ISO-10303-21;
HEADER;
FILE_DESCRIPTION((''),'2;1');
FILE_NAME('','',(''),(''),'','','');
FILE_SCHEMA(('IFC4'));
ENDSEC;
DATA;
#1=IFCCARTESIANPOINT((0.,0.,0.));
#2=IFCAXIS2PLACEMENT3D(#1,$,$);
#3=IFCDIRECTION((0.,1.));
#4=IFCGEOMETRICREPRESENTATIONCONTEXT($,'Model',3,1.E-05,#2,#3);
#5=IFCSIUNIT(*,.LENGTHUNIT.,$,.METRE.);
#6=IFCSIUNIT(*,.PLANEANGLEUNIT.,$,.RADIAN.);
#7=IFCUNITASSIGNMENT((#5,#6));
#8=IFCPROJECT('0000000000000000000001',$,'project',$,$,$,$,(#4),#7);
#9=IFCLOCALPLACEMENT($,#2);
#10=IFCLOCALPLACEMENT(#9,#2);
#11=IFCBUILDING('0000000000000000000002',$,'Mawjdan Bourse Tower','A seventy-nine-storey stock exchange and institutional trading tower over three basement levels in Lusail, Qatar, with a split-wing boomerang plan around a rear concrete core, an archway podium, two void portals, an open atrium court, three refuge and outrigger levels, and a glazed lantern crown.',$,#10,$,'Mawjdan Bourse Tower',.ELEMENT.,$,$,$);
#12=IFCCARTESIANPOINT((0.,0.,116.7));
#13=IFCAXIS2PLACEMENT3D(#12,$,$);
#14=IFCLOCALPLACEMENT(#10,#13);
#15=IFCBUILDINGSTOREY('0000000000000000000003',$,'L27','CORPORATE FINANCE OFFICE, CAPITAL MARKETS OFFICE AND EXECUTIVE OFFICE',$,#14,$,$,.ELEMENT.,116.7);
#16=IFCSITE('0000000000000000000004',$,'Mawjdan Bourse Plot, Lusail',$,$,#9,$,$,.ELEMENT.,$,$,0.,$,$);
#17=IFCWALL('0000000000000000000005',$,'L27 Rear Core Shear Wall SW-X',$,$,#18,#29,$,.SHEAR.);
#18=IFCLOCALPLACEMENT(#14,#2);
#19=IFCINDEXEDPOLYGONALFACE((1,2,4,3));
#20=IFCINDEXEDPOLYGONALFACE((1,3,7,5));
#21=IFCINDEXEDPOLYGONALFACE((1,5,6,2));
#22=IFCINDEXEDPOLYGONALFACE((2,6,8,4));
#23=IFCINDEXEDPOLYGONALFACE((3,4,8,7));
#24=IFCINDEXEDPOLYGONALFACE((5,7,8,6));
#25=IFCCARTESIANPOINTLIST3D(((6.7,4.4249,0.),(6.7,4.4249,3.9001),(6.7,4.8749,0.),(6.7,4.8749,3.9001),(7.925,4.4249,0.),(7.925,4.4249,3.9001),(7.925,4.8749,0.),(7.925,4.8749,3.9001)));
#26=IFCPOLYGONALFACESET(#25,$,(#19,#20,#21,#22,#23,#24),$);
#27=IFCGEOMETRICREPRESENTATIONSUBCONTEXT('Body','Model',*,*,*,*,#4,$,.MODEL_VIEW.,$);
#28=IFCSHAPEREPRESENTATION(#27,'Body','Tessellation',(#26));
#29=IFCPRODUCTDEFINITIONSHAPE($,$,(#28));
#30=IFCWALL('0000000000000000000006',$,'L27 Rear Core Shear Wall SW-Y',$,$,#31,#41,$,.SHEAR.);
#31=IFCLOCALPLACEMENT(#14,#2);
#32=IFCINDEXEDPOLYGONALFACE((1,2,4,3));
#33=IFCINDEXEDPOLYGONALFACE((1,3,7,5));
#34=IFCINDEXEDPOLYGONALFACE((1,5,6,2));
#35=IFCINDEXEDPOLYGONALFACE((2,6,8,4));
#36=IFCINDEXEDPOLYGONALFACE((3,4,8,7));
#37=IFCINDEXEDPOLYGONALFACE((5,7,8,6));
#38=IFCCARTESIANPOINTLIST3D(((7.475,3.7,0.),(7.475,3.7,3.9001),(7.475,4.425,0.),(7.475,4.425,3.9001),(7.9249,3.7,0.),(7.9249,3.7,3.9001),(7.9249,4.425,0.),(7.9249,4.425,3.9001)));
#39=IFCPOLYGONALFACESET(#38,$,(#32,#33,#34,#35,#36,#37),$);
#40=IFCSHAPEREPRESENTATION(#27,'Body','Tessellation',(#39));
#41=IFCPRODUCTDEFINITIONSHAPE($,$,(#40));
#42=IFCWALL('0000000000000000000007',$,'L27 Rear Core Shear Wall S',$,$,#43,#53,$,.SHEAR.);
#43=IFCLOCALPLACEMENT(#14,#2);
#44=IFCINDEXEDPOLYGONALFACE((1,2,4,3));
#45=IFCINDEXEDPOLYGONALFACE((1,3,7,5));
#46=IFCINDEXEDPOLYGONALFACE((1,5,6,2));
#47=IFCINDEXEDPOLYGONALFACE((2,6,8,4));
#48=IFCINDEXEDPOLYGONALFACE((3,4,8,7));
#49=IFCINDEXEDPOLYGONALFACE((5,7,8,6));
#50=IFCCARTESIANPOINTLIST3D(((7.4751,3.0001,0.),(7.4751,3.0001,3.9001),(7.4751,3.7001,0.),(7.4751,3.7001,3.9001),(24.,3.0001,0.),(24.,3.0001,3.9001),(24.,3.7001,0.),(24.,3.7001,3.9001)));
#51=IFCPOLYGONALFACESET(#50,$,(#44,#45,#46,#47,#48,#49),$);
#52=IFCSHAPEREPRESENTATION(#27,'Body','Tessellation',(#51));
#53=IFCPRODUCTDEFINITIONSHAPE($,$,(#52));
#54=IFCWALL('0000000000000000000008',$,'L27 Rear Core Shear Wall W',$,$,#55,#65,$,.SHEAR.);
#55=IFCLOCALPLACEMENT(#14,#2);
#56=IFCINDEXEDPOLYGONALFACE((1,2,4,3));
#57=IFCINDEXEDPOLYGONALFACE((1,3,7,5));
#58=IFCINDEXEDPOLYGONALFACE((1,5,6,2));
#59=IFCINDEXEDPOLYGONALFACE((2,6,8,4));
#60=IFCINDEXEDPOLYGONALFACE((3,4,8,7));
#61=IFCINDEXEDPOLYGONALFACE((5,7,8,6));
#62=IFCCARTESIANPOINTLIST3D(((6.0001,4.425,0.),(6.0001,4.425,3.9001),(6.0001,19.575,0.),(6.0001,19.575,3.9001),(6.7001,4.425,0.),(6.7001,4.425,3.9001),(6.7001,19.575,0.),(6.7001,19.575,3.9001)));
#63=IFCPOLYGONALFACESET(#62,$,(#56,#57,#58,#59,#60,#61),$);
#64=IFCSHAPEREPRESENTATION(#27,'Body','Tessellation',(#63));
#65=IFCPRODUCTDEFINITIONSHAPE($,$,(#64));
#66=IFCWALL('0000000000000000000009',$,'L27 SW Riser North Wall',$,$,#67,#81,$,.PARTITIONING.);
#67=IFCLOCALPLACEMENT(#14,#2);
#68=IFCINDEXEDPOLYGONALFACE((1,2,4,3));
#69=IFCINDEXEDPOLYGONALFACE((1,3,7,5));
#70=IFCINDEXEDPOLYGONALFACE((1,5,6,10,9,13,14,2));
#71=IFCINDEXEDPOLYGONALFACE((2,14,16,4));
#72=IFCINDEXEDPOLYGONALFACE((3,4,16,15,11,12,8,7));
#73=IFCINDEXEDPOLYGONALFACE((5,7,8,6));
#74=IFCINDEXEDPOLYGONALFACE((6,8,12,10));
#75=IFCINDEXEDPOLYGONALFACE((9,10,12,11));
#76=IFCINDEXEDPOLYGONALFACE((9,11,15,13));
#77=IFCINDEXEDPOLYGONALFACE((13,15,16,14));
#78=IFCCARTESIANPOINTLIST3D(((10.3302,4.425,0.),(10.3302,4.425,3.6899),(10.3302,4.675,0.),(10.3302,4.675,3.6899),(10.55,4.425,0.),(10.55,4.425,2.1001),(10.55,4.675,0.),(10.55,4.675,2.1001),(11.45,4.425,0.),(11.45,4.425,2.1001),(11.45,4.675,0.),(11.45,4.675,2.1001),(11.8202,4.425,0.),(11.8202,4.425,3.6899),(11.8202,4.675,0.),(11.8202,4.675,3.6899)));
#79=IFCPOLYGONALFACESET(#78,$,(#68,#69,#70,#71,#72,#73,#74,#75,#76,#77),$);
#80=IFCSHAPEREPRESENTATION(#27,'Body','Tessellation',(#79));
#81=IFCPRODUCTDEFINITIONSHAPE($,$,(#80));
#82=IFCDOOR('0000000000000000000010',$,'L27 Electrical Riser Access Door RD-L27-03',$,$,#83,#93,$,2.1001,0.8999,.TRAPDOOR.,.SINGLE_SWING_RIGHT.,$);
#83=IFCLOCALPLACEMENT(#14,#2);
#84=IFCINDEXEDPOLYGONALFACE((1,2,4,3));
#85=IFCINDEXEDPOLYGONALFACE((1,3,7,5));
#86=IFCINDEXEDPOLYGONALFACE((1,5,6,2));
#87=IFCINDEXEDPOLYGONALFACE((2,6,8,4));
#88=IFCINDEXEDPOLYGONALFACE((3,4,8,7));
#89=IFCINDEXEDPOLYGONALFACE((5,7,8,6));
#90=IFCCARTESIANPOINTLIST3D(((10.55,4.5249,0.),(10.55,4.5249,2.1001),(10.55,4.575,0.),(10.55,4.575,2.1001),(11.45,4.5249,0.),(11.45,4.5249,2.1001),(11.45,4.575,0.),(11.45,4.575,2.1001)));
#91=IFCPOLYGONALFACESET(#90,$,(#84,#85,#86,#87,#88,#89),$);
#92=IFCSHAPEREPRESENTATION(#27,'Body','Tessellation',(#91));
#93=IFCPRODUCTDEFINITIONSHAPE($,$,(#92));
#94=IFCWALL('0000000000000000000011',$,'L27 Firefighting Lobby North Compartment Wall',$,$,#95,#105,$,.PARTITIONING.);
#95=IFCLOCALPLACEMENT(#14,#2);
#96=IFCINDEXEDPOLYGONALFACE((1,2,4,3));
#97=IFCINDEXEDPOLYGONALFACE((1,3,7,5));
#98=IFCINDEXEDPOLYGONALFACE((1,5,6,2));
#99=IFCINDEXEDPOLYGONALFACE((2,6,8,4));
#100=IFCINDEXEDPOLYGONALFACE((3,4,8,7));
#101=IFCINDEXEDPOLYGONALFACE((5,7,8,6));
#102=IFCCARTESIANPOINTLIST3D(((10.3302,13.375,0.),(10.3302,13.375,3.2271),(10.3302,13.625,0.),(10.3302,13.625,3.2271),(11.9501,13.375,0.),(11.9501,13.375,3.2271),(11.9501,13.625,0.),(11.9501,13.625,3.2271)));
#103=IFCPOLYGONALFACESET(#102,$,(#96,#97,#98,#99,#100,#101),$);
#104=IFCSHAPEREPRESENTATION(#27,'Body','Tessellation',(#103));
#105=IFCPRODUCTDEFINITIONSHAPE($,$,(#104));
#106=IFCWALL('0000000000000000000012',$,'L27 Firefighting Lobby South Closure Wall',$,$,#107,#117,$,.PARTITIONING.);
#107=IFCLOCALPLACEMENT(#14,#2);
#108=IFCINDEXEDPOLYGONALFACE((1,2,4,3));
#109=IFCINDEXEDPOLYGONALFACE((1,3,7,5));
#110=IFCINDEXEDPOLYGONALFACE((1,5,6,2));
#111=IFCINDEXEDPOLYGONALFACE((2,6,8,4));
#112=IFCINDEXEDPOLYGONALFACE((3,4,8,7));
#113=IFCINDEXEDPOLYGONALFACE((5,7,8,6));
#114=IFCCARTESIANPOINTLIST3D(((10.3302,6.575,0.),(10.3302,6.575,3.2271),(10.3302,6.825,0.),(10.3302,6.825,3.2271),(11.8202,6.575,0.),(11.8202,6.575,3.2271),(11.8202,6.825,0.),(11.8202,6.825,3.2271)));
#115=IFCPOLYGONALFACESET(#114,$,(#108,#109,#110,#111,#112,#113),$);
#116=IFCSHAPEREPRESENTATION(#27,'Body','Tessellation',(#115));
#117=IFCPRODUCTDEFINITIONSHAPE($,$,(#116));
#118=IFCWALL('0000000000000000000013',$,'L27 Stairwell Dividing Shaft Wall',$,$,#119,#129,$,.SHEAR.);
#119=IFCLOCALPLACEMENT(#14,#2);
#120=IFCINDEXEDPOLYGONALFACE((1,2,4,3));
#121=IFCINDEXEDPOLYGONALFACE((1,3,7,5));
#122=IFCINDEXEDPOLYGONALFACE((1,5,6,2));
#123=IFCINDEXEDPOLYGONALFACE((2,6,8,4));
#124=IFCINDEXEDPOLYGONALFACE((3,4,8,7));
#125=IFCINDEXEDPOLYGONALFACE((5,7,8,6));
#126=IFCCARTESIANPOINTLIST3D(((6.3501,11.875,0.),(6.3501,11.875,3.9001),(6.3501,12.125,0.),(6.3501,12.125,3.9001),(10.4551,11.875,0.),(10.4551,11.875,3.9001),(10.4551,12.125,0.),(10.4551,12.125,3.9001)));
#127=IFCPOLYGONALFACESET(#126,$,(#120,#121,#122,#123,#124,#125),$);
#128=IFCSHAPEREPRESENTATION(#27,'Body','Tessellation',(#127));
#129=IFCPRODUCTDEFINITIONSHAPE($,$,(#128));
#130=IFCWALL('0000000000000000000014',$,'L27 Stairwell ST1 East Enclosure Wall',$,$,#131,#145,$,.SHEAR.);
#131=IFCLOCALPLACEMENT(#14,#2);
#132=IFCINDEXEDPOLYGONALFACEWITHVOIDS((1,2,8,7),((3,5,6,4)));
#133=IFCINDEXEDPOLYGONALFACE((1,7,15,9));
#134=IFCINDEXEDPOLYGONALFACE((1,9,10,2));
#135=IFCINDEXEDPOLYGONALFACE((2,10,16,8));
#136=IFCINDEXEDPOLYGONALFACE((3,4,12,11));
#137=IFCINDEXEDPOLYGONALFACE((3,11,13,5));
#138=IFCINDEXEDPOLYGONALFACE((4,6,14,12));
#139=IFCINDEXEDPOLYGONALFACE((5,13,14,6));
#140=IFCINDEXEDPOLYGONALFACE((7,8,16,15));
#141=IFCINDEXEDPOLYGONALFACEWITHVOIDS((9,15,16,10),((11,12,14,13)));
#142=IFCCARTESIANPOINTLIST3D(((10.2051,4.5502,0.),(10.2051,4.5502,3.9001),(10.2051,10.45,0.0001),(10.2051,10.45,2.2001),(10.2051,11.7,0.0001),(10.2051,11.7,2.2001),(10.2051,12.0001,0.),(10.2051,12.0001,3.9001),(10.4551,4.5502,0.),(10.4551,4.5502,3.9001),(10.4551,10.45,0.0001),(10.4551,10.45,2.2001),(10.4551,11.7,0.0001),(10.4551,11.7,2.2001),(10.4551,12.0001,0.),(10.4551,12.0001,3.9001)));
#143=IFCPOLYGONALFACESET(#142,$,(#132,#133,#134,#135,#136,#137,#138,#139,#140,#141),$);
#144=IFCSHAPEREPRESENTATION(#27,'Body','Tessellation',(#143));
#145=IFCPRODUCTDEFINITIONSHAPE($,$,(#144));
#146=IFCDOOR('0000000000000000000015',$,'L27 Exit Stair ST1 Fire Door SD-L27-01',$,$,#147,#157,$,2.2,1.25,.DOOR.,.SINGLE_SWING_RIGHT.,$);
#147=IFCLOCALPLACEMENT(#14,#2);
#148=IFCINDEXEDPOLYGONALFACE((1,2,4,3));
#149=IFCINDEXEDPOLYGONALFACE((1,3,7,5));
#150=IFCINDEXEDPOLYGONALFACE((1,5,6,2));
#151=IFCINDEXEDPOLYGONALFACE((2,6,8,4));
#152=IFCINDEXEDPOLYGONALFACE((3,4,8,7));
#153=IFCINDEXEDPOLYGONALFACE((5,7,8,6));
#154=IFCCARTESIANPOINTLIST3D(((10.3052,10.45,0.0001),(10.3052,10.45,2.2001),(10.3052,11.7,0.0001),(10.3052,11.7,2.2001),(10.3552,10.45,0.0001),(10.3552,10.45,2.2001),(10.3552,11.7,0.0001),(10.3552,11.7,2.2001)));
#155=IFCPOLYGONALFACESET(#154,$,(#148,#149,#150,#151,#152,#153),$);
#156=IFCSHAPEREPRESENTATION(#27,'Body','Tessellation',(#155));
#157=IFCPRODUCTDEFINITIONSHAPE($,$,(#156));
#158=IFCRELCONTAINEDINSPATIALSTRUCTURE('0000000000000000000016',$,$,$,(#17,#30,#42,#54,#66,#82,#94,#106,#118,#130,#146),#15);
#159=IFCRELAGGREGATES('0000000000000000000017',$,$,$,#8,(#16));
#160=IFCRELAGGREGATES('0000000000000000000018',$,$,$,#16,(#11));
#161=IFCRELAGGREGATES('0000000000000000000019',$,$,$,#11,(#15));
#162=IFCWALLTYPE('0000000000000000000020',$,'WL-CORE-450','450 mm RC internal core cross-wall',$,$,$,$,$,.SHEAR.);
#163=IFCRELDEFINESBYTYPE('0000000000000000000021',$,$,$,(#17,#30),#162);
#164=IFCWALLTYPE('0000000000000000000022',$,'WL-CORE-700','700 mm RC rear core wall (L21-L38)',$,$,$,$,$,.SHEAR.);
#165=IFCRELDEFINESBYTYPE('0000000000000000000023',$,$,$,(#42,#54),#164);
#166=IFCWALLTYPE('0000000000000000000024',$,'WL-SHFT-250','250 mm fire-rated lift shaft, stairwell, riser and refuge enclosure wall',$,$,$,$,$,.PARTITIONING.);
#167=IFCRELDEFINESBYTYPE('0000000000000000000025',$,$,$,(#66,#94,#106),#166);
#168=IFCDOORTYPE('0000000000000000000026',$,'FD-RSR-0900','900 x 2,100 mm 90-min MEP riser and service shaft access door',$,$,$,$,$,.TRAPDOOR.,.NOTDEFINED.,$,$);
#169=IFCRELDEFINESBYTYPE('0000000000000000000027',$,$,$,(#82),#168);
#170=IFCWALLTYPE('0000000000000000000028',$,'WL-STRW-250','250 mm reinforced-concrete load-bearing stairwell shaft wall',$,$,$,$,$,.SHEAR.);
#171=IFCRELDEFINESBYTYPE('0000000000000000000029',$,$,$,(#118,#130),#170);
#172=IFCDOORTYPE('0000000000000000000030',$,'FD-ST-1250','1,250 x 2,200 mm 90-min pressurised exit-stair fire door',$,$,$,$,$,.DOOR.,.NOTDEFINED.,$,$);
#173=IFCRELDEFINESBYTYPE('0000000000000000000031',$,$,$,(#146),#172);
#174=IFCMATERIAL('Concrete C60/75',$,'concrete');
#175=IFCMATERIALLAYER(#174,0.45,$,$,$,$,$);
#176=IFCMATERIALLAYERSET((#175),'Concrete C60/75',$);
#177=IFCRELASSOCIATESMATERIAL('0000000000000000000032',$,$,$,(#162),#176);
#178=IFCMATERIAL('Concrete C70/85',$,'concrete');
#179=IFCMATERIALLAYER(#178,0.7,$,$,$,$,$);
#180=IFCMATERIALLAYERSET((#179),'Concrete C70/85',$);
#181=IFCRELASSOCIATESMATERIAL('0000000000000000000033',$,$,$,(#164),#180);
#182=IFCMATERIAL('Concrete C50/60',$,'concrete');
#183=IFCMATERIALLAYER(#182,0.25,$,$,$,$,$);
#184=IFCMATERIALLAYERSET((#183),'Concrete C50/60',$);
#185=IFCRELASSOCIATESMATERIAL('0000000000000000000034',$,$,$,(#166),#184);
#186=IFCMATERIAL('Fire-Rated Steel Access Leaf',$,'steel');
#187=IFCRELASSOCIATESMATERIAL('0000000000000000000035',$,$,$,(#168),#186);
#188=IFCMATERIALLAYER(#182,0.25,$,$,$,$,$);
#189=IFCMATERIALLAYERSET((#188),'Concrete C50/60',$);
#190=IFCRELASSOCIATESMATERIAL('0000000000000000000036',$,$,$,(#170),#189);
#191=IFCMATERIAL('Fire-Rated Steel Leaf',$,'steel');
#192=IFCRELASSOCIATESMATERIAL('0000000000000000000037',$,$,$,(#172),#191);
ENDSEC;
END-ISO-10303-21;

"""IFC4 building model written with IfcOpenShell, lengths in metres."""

from ifc_helpers import new_model, si_unit, direction, frame, frame_2d, origin, place, context, subcontext, project, spatial, rectangle, extrude, material, layer, layer_set, type_object, element, fill, save


model = new_model("IFC4")

# Units and contexts
model_context = context("Model", 3, precision=1e-05, world=origin(), true_north=direction((0.0, 1.0)))
body_context = subcontext(model_context, "Body", "Model", "MODEL_VIEW")
ifc_project = project(units=[si_unit("LENGTHUNIT", "METRE"), si_unit("PLANEANGLEUNIT", "RADIAN")], contexts=[model_context])

# Site, building, storey
site_placement = place(None, origin())
site = spatial("IfcSite", under=ifc_project, at=site_placement, Name="Mawjdan Bourse Plot, Lusail", CompositionType="ELEMENT", RefElevation=0.0)
building_placement = place(site_placement, origin())
building = spatial("IfcBuilding", under=site, at=building_placement, Name="Mawjdan Bourse Tower", Description="A seventy-nine-storey stock exchange and institutional trading tower over three basement levels in Lusail, Qatar, with a split-wing boomerang plan around a rear concrete core, an archway podium, two void portals, an open atrium court, three refuge and outrigger levels, and a glazed lantern crown.", LongName="Mawjdan Bourse Tower", CompositionType="ELEMENT")
storey_placement = place(building_placement, frame((0.0, 0.0, 116.7)))
storey = spatial("IfcBuildingStorey", under=building, at=storey_placement, Name="L27", Description="CORPORATE FINANCE OFFICE, CAPITAL MARKETS OFFICE AND EXECUTIVE OFFICE", CompositionType="ELEMENT", Elevation=116.7)

# Shared definitions
ifc_material_1 = material(Name="Concrete C50/60", Category="concrete")

# Walls
ifc_material_2 = material(Name="Concrete C60/75", Category="concrete")
ifc_layer_1 = layer(ifc_material_2, 0.45)
ifc_layer_set_1 = layer_set([ifc_layer_1], Name="Concrete C60/75")
wall_type_1 = type_object("IfcWallType", Name="WL-CORE-450", Description="450 mm RC internal core cross-wall", PredefinedType="SHEAR", material=ifc_layer_set_1)
wall_1_placement = place(storey_placement, frame((6.7, 4.6499, 0.0), z_axis=(0.0, 0.0, 1.0), x_axis=(1.0, 0.0, 0.0)))
element("IfcWall", 1, at=wall_1_placement, inside=storey, type_object=wall_type_1, Name="L27 Rear Core Shear Wall SW-X", PredefinedType="SHEAR", context=body_context, shape_type="SweptSolid", body=[
    extrude(rectangle(XDim=1.2251, YDim=0.45, at=frame_2d((0.6125, 0.0))), origin(), (0.0, 0.0, 1.0), 3.9001),
])
wall_2_placement = place(storey_placement, frame((7.7, 3.7, 0.0), z_axis=(0.0, 0.0, 1.0), x_axis=(0.0, 1.0, 0.0)))
element("IfcWall", 2, at=wall_2_placement, inside=storey, type_object=wall_type_1, Name="L27 Rear Core Shear Wall SW-Y", PredefinedType="SHEAR", context=body_context, shape_type="SweptSolid", body=[
    extrude(rectangle(XDim=0.7251, YDim=0.45, at=frame_2d((0.3625, 0.0))), origin(), (0.0, 0.0, 1.0), 3.9001),
])
ifc_material_3 = material(Name="Concrete C70/85", Category="concrete")
ifc_layer_2 = layer(ifc_material_3, 0.7)
ifc_layer_set_2 = layer_set([ifc_layer_2], Name="Concrete C70/85")
wall_type_2 = type_object("IfcWallType", Name="WL-CORE-700", Description="700 mm RC rear core wall (L21-L38)", PredefinedType="SHEAR", material=ifc_layer_set_2)
wall_3_placement = place(storey_placement, frame((7.4751, 3.3501, 0.0), z_axis=(0.0, 0.0, 1.0), x_axis=(1.0, 0.0, 0.0)))
element("IfcWall", 3, at=wall_3_placement, inside=storey, type_object=wall_type_2, Name="L27 Rear Core Shear Wall S", PredefinedType="SHEAR", context=body_context, shape_type="SweptSolid", body=[
    extrude(rectangle(XDim=16.5249, YDim=0.7, at=frame_2d((8.2625, 0.0))), origin(), (0.0, 0.0, 1.0), 3.9001),
])
wall_4_placement = place(storey_placement, frame((6.3501, 4.425, 0.0), z_axis=(0.0, 0.0, 1.0), x_axis=(0.0, 1.0, 0.0)))
element("IfcWall", 4, at=wall_4_placement, inside=storey, type_object=wall_type_2, Name="L27 Rear Core Shear Wall W", PredefinedType="SHEAR", context=body_context, shape_type="SweptSolid", body=[
    extrude(rectangle(XDim=15.1499, YDim=0.7, at=frame_2d((7.575, 0.0))), origin(), (0.0, 0.0, 1.0), 3.9001),
])

# Wall, opening, door
ifc_layer_3 = layer(ifc_material_1, 0.25)
ifc_layer_set_3 = layer_set([ifc_layer_3], Name="Concrete C50/60")
wall_type_3 = type_object("IfcWallType", Name="WL-SHFT-250", Description="250 mm fire-rated lift shaft, stairwell, riser and refuge enclosure wall", PredefinedType="PARTITIONING", material=ifc_layer_set_3)
wall_5_placement = place(storey_placement, frame((10.3301, 4.55, 0.0), z_axis=(0.0, 0.0, 1.0), x_axis=(1.0, 0.0, 0.0)))
wall_5 = element("IfcWall", 5, at=wall_5_placement, inside=storey, type_object=wall_type_3, Name="L27 SW Riser North Wall", PredefinedType="PARTITIONING", context=body_context, shape_type="SweptSolid", body=[
    extrude(rectangle(XDim=1.49, YDim=0.25, at=frame_2d((0.7451, 0.0))), origin(), (0.0, 0.0, 1.0), 3.6899),
])
opening_1_placement = place(wall_5_placement, frame((0.22, 0.0, 0.0)))
opening_1 = element("IfcOpeningElement", 6, at=opening_1_placement, cuts=wall_5, PredefinedType="OPENING", context=body_context, shape_type="SweptSolid", body=[
    extrude(rectangle(XDim=0.8999, YDim=2.1001, at=frame_2d((0.45, 1.05))), frame((0.0, 0.135, 0.0), z_axis=(0.0, -1.0, 0.0), x_axis=(1.0, 0.0, 0.0)), (0.0, 0.0, 1.0), 0.27),
])
ifc_material_4 = material(Name="Fire-Rated Steel Access Leaf", Category="steel")
door_type_1 = type_object("IfcDoorType", Name="FD-RSR-0900", Description="900 x 2,100 mm 90-min MEP riser and service shaft access door", OperationType="NOTDEFINED", PredefinedType="TRAPDOOR", material=ifc_material_4)
door_1_placement = place(opening_1_placement, origin())
door_1 = element("IfcDoor", 7, at=door_1_placement, inside=storey, type_object=door_type_1, Name="L27 Electrical Riser Access Door RD-L27-03", OperationType="SINGLE_SWING_RIGHT", OverallHeight=2.1001, OverallWidth=0.8999, PredefinedType="TRAPDOOR", context=body_context, shape_type="SweptSolid", body=[
    extrude(rectangle(XDim=0.8999, YDim=2.1001, at=frame_2d((0.45, 1.05))), frame((0.0, 0.0249, 0.0), z_axis=(0.0, -1.0, 0.0), x_axis=(1.0, 0.0, 0.0)), (0.0, 0.0, 1.0), 0.05),
])
fill(opening_1, door_1)

# Walls
wall_6_placement = place(storey_placement, frame((10.3301, 13.5, 0.0), z_axis=(0.0, 0.0, 1.0), x_axis=(1.0, 0.0, 0.0)))
element("IfcWall", 8, at=wall_6_placement, inside=storey, type_object=wall_type_3, Name="L27 Firefighting Lobby North Compartment Wall", PredefinedType="PARTITIONING", context=body_context, shape_type="SweptSolid", body=[
    extrude(rectangle(XDim=1.6199, YDim=0.25, at=frame_2d((0.8101, 0.0))), origin(), (0.0, 0.0, 1.0), 3.2271),
])
wall_7_placement = place(storey_placement, frame((10.3301, 6.7, 0.0), z_axis=(0.0, 0.0, 1.0), x_axis=(1.0, 0.0, 0.0)))
element("IfcWall", 9, at=wall_7_placement, inside=storey, type_object=wall_type_3, Name="L27 Firefighting Lobby South Closure Wall", PredefinedType="PARTITIONING", context=body_context, shape_type="SweptSolid", body=[
    extrude(rectangle(XDim=1.49, YDim=0.25, at=frame_2d((0.7451, 0.0))), origin(), (0.0, 0.0, 1.0), 3.2271),
])
ifc_layer_4 = layer(ifc_material_1, 0.25)
ifc_layer_set_4 = layer_set([ifc_layer_4], Name="Concrete C50/60")
wall_type_4 = type_object("IfcWallType", Name="WL-STRW-250", Description="250 mm reinforced-concrete load-bearing stairwell shaft wall", PredefinedType="SHEAR", material=ifc_layer_set_4)
wall_8_placement = place(storey_placement, frame((6.3501, 12.0, 0.0), z_axis=(0.0, 0.0, 1.0), x_axis=(1.0, 0.0, 0.0)))
element("IfcWall", 10, at=wall_8_placement, inside=storey, type_object=wall_type_4, Name="L27 Stairwell Dividing Shaft Wall", PredefinedType="SHEAR", context=body_context, shape_type="SweptSolid", body=[
    extrude(rectangle(XDim=4.105, YDim=0.25, at=frame_2d((2.0525, 0.0))), origin(), (0.0, 0.0, 1.0), 3.9001),
])

# Wall, opening, door
wall_9_placement = place(storey_placement, frame((10.3301, 4.55, 0.0), z_axis=(0.0, 0.0, 1.0), x_axis=(0.0, 1.0, 0.0)))
wall_9 = element("IfcWall", 11, at=wall_9_placement, inside=storey, type_object=wall_type_4, Name="L27 Stairwell ST1 East Enclosure Wall", PredefinedType="SHEAR", context=body_context, shape_type="SweptSolid", body=[
    extrude(rectangle(XDim=7.45, YDim=0.25, at=frame_2d((3.7251, 0.0))), origin(), (0.0, 0.0, 1.0), 3.9001),
])
opening_2_placement = place(wall_9_placement, frame((5.8999, 0.0, 0.0)))
opening_2 = element("IfcOpeningElement", 12, at=opening_2_placement, cuts=wall_9, PredefinedType="OPENING", context=body_context, shape_type="SweptSolid", body=[
    extrude(rectangle(XDim=1.25, YDim=2.2, at=frame_2d((0.625, 1.1001))), frame((0.0, 0.135, 0.0), z_axis=(0.0, -1.0, 0.0), x_axis=(1.0, 0.0, 0.0)), (0.0, 0.0, 1.0), 0.27),
])
ifc_material_5 = material(Name="Fire-Rated Steel Leaf", Category="steel")
door_type_2 = type_object("IfcDoorType", Name="FD-ST-1250", Description="1,250 x 2,200 mm 90-min pressurised exit-stair fire door", OperationType="NOTDEFINED", PredefinedType="DOOR", material=ifc_material_5)
door_2_placement = place(opening_2_placement, origin())
door_2 = element("IfcDoor", 13, at=door_2_placement, inside=storey, type_object=door_type_2, Name="L27 Exit Stair ST1 Fire Door SD-L27-01", OperationType="SINGLE_SWING_RIGHT", OverallHeight=2.2, OverallWidth=1.25, PredefinedType="DOOR", context=body_context, shape_type="SweptSolid", body=[
    extrude(rectangle(XDim=1.25, YDim=2.2, at=frame_2d((0.625, 1.1001))), frame((0.0, 0.0249, 0.0), z_axis=(0.0, -1.0, 0.0), x_axis=(1.0, 0.0, 0.0)), (0.0, 0.0, 1.0), 0.05),
])
fill(opening_2, door_2)

save(model, "model.ifc")
